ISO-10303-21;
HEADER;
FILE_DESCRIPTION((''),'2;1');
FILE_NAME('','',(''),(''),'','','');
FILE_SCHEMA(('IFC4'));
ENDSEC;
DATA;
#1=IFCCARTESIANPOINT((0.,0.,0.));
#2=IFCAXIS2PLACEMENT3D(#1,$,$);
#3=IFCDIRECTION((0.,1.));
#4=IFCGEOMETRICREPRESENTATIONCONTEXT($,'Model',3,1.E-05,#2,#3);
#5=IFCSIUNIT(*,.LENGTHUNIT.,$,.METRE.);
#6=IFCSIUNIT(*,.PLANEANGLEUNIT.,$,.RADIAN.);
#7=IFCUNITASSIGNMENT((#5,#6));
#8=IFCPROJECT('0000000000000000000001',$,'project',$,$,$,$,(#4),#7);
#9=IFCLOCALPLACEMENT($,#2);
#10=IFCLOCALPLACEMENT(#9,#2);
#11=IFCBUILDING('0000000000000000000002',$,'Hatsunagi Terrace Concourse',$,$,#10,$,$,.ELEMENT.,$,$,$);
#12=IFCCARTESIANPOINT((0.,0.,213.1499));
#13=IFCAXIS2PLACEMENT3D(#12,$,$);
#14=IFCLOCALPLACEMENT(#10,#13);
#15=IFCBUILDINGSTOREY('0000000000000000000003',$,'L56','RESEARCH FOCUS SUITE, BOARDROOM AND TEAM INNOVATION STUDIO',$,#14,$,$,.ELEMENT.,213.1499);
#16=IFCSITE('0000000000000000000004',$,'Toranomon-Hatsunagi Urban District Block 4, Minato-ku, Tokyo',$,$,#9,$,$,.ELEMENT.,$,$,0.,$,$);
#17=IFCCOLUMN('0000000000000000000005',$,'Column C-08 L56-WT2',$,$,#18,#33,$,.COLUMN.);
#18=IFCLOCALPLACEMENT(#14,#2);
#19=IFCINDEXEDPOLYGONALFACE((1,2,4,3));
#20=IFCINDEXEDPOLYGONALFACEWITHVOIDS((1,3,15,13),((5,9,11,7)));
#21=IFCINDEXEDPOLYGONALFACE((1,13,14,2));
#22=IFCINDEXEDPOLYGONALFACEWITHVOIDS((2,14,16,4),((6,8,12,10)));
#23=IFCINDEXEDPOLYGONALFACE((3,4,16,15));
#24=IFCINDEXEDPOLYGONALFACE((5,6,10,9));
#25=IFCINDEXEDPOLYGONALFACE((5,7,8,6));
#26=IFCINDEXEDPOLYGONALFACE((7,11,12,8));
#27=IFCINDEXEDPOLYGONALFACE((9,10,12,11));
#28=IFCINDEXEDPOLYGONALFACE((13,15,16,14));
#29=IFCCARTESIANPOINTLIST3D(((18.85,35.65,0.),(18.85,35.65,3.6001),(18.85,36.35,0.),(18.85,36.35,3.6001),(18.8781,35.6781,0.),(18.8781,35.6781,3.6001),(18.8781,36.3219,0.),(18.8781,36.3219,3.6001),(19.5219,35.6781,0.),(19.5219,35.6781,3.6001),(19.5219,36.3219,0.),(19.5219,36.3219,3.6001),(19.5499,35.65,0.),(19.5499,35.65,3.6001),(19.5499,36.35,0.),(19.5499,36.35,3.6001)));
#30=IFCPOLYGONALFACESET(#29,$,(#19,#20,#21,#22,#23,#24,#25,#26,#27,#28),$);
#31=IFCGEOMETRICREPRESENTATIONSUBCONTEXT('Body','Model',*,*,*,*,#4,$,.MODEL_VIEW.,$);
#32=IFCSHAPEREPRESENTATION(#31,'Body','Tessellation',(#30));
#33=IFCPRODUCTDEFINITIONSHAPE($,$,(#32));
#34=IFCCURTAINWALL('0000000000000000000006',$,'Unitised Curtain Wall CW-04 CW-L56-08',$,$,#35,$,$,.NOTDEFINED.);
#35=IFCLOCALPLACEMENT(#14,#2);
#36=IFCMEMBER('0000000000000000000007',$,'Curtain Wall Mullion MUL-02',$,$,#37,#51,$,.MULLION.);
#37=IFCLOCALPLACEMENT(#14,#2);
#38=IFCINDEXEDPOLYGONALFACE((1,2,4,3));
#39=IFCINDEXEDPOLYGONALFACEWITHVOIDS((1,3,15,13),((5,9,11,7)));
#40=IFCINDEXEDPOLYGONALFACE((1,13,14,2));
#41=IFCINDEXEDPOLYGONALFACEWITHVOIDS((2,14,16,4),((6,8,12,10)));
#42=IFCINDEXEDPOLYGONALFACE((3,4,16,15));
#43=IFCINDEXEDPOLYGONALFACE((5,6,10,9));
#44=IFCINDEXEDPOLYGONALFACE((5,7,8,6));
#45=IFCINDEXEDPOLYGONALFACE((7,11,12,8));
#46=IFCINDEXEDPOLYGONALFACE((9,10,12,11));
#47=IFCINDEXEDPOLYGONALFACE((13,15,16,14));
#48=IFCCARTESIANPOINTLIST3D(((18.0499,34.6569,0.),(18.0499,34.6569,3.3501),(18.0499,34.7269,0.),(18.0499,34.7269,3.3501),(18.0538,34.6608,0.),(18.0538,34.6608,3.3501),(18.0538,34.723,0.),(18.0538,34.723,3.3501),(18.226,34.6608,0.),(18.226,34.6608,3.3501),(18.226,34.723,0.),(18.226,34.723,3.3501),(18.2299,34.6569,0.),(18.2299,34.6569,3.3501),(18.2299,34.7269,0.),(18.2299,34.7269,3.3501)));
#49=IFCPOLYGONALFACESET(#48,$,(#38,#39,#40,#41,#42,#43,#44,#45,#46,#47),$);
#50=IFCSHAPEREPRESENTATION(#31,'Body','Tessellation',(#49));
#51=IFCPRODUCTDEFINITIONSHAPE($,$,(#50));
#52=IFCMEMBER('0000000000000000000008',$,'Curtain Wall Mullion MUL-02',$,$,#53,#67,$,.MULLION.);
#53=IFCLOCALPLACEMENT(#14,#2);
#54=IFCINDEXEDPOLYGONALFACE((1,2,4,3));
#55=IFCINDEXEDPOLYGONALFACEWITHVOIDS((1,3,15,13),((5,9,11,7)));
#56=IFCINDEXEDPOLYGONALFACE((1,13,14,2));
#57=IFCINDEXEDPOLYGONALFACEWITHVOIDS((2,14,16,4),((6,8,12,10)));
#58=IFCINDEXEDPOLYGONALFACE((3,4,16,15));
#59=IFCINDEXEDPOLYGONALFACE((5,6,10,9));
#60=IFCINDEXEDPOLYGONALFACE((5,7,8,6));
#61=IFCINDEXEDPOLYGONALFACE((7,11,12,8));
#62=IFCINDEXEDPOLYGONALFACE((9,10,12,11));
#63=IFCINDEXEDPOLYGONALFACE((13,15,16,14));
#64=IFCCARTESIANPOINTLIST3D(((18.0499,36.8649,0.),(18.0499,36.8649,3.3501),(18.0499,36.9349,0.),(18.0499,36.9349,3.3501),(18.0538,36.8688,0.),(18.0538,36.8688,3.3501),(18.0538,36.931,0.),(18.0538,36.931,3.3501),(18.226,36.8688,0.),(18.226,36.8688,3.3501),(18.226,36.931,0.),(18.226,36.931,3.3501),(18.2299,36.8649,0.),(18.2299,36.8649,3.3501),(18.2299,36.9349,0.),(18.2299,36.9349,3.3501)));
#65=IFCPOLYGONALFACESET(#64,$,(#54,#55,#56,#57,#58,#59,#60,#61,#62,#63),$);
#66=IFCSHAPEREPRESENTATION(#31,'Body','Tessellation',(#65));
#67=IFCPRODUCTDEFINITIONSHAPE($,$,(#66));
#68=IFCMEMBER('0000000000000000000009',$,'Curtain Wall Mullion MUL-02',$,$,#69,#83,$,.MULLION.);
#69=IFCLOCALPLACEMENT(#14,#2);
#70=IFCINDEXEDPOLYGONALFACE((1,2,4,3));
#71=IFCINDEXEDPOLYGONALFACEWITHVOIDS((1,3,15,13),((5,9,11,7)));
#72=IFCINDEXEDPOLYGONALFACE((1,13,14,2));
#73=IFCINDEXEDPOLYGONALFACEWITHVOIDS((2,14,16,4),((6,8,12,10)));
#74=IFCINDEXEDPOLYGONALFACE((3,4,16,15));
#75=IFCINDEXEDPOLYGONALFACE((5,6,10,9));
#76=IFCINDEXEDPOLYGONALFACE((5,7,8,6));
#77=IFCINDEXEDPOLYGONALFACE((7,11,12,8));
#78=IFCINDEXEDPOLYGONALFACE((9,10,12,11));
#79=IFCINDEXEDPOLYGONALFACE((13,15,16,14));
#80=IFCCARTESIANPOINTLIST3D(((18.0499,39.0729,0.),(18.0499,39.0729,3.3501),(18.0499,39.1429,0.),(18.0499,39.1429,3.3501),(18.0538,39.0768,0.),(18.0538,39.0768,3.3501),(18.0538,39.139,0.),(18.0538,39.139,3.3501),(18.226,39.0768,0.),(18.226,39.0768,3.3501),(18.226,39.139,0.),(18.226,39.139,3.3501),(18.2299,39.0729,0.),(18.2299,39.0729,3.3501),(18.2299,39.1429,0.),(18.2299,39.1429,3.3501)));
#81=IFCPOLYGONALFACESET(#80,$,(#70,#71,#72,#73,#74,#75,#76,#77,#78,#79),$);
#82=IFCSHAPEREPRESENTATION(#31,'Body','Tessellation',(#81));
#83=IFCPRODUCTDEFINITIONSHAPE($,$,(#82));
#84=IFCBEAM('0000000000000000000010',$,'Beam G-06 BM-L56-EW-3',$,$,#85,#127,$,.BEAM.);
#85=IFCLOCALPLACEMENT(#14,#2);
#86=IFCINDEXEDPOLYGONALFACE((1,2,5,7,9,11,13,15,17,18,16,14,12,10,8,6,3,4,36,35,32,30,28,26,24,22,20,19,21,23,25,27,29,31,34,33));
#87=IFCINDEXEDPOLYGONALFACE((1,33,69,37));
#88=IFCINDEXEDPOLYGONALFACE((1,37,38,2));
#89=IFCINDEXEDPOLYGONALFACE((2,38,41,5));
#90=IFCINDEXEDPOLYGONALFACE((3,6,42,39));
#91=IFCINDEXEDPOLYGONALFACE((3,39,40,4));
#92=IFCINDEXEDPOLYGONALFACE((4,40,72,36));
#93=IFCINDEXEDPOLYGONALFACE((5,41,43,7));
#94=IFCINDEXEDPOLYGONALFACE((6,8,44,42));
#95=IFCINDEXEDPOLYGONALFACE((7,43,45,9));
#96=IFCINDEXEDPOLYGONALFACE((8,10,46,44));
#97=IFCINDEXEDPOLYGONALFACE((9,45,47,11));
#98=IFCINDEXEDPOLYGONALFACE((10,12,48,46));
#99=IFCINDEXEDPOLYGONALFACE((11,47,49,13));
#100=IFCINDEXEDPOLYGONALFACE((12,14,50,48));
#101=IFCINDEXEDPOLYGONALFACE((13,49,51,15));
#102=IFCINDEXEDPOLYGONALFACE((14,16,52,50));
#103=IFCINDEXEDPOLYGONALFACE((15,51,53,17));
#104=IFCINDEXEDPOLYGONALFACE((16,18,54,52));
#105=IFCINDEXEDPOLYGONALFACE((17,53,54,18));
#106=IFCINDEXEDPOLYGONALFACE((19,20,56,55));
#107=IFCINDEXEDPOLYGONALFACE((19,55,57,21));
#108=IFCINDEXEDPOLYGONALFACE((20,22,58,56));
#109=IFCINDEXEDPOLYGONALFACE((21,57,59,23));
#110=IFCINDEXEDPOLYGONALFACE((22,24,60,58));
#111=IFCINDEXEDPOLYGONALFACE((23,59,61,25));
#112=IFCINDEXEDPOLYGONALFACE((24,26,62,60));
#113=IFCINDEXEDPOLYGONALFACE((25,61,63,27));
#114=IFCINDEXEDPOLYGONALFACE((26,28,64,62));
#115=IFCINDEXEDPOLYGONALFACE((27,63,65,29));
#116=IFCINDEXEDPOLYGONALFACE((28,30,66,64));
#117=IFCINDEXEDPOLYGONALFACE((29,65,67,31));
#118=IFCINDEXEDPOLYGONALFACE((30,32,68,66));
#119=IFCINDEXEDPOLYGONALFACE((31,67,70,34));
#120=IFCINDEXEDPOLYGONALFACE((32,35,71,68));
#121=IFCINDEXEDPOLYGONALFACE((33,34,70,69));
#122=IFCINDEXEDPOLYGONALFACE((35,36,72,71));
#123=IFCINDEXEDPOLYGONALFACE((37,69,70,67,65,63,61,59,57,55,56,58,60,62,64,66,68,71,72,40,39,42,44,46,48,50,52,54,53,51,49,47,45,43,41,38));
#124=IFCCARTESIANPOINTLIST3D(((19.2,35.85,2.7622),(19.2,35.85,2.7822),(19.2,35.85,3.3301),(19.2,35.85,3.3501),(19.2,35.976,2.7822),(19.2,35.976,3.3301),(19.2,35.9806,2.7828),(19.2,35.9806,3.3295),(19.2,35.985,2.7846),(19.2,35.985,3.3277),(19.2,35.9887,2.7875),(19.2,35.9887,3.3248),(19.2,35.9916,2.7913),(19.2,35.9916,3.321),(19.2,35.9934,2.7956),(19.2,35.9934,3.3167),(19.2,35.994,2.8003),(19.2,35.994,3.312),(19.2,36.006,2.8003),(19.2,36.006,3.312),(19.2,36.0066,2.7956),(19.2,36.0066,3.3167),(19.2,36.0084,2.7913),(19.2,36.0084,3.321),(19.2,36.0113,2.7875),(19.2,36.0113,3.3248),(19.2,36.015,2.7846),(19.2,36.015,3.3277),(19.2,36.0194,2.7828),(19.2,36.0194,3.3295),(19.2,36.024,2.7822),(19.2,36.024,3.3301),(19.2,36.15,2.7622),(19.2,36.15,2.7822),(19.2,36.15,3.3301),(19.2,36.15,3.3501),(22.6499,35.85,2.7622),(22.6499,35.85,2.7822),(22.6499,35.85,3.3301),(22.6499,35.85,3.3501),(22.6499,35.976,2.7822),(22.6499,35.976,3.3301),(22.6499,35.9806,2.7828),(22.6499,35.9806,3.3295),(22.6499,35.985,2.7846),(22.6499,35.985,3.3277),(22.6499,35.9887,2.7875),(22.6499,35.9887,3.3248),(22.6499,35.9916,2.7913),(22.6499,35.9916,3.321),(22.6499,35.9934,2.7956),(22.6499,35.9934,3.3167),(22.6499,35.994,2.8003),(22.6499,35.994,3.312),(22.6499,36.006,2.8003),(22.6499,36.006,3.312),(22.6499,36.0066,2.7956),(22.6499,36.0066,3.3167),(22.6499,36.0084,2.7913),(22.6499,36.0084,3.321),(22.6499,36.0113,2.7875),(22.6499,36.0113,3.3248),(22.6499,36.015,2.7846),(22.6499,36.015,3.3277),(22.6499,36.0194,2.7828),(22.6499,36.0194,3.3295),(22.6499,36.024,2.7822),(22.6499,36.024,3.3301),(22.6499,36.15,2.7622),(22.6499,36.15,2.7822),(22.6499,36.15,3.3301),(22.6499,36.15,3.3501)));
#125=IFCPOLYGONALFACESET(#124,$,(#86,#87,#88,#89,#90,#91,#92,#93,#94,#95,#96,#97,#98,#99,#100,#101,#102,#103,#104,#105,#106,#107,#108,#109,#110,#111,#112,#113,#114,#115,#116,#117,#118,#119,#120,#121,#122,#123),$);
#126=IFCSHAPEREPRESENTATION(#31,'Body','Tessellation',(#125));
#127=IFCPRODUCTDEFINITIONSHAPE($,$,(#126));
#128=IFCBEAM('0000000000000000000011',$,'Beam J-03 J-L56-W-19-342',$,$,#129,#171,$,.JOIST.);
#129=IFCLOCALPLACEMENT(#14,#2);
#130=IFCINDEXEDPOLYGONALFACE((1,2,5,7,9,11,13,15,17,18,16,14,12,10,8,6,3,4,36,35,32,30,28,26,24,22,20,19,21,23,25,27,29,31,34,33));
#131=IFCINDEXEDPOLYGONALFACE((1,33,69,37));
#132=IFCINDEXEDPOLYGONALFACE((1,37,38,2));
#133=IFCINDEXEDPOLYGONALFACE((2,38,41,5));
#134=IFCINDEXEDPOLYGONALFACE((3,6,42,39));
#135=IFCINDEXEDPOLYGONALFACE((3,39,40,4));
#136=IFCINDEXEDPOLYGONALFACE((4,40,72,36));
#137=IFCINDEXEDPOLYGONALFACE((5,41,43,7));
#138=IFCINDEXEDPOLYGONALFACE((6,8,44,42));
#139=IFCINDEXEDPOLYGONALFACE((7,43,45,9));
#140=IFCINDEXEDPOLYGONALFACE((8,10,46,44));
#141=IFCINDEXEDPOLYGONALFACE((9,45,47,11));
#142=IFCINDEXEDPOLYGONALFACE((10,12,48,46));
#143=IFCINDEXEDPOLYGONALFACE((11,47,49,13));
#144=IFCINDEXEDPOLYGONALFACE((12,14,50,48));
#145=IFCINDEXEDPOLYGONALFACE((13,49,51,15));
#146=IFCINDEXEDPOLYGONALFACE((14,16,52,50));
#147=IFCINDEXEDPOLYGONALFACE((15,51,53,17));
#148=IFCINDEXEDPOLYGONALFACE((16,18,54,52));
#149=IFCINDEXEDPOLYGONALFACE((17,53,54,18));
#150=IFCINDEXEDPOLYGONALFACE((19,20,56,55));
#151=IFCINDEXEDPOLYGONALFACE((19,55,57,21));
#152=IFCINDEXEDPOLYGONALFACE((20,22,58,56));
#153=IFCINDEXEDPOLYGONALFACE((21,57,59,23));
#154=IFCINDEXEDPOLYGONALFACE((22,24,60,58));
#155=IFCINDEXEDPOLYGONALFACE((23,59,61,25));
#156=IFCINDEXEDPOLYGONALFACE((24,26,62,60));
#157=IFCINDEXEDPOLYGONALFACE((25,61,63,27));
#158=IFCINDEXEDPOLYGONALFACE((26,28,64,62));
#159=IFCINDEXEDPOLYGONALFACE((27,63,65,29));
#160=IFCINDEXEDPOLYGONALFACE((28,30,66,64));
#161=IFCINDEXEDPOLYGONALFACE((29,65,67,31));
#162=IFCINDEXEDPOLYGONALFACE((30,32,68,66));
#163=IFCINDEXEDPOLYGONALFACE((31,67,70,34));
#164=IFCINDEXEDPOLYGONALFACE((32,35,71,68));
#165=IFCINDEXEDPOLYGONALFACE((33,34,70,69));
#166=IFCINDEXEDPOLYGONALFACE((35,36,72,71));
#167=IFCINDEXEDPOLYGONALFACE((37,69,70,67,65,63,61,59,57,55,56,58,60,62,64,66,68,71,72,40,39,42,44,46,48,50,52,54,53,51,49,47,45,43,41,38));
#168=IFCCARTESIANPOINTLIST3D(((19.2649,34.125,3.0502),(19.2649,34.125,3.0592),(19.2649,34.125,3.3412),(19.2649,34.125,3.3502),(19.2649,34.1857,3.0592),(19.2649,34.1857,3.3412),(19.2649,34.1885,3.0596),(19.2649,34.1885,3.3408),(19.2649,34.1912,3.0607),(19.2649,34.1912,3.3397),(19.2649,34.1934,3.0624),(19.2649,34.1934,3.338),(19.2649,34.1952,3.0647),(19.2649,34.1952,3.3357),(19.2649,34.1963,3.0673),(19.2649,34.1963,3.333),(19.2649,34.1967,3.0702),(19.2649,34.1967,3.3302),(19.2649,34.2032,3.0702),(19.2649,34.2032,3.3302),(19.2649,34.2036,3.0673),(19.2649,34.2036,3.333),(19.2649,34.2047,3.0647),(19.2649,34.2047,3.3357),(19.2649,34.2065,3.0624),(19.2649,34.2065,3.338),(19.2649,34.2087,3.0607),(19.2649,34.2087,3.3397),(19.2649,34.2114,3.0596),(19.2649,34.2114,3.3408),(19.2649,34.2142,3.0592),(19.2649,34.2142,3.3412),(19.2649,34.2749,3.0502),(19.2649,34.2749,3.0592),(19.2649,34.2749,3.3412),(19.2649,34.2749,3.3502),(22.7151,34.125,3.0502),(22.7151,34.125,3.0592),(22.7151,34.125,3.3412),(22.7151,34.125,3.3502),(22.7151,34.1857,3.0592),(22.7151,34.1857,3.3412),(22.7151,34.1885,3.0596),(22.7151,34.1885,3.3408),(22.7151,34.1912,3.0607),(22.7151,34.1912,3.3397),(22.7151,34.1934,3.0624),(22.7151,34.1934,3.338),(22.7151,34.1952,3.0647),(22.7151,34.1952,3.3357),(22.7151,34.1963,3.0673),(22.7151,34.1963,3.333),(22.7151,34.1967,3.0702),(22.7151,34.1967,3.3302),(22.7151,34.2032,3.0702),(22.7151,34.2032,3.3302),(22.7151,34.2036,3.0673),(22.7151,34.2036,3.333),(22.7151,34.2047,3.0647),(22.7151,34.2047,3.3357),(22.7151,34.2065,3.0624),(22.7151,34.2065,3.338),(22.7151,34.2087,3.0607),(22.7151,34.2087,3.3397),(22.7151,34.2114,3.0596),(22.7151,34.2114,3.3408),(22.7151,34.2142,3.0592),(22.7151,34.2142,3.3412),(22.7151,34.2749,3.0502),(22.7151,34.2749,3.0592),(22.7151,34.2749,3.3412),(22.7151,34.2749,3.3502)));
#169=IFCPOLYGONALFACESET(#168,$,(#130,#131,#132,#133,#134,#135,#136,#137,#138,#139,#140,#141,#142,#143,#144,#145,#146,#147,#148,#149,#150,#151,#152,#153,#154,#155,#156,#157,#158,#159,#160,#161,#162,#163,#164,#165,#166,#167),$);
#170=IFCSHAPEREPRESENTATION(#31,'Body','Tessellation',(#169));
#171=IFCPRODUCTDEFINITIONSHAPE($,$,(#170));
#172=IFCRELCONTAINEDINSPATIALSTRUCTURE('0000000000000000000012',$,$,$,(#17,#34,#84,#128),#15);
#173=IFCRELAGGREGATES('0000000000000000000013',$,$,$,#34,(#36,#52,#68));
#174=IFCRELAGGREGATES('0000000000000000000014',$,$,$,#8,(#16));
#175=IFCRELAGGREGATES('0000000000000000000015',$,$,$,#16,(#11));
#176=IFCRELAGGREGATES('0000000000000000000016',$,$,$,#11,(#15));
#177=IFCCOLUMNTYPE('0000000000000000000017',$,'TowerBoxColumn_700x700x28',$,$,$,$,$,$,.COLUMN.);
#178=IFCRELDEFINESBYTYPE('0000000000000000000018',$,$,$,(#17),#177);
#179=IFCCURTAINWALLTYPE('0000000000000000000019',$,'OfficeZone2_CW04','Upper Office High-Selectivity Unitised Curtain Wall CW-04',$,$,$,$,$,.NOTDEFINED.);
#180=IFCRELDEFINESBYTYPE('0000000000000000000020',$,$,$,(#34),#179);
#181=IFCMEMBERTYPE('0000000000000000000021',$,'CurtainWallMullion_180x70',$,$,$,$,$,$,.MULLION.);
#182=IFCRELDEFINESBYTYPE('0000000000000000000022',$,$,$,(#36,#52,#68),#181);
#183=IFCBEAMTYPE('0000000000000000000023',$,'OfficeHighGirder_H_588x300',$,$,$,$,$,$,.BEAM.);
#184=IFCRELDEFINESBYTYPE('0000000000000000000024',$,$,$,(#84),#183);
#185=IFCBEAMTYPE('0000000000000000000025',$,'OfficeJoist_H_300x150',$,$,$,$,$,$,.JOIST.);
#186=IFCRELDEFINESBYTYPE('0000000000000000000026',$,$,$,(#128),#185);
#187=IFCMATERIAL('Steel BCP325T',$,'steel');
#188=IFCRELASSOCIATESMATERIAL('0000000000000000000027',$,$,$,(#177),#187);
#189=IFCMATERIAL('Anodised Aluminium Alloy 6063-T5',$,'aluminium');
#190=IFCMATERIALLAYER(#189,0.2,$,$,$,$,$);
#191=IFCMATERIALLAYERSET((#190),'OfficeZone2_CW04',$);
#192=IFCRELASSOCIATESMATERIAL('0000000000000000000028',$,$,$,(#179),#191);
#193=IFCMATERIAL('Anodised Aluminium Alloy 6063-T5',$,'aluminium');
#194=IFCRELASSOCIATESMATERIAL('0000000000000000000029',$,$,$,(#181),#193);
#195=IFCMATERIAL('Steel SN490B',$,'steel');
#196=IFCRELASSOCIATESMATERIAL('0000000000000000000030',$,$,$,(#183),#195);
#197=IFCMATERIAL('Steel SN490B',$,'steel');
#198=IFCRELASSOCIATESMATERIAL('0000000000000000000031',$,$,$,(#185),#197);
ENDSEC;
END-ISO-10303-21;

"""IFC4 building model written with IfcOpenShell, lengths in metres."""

from ifc_helpers import new_model, si_unit, direction, frame, origin, origin_2d, place, context, subcontext, project, spatial, hollow_rectangle, i_section, extrude, material, layer, layer_set, material_profile, profile_set, type_object, element, aggregate, save


model = new_model("IFC4")

# Units and contexts
model_context = context("Model", 3, precision=1e-05, world=origin(), true_north=direction((0.0, 1.0)))
body_context = subcontext(model_context, "Body", "Model", "MODEL_VIEW")
ifc_project = project(units=[si_unit("LENGTHUNIT", "METRE"), si_unit("PLANEANGLEUNIT", "RADIAN")], contexts=[model_context])

# Site, building, storey
site_placement = place(None, origin())
site = spatial("IfcSite", under=ifc_project, at=site_placement, Name="Toranomon-Hatsunagi Urban District Block 4, Minato-ku, Tokyo", CompositionType="ELEMENT", RefElevation=0.0)
building_placement = place(site_placement, origin())
building = spatial("IfcBuilding", under=site, at=building_placement, Name="Hatsunagi Terrace Concourse", CompositionType="ELEMENT")
storey_placement = place(building_placement, frame((0.0, 0.0, 213.1499)))
storey = spatial("IfcBuildingStorey", under=building, at=storey_placement, Name="L56", Description="RESEARCH FOCUS SUITE, BOARDROOM AND TEAM INNOVATION STUDIO", CompositionType="ELEMENT", Elevation=213.1499)

# Column
ifc_material_1 = material(Name="Steel BCP325T", Category="steel")
ifc_material_profile_1 = material_profile(ifc_material_1, hollow_rectangle(XDim=0.7, YDim=0.7, WallThickness=0.0281, at=origin_2d()), Name="BCP-700x700x28")
ifc_profile_set_1 = profile_set([ifc_material_profile_1], Name="Steel BCP325T")
column_type = type_object("IfcColumnType", Name="TowerBoxColumn_700x700x28", PredefinedType="COLUMN", material=ifc_profile_set_1)
column_placement = place(storey_placement, frame((19.2, 36.0, 0.0), z_axis=(0.0, 0.0, 1.0), x_axis=(1.0, 0.0, 0.0)))
element("IfcColumn", 1, at=column_placement, inside=storey, type_object=column_type, Name="Column C-08 L56-WT2", PredefinedType="COLUMN", context=body_context, shape_type="SweptSolid", body=[
    extrude(hollow_rectangle(XDim=0.7, YDim=0.7, WallThickness=0.0281, at=origin_2d()), origin(), (0.0, 0.0, 1.0), 3.6001),
])

# Curtain wall, members
ifc_material_2 = material(Name="Anodised Aluminium Alloy 6063-T5", Category="aluminium")
ifc_layer_1 = layer(ifc_material_2, 0.2)
ifc_layer_set_1 = layer_set([ifc_layer_1], Name="OfficeZone2_CW04")
curtain_wall_type = type_object("IfcCurtainWallType", Name="OfficeZone2_CW04", Description="Upper Office High-Selectivity Unitised Curtain Wall CW-04", PredefinedType="NOTDEFINED", material=ifc_layer_set_1)
curtain_wall_placement = place(storey_placement, origin())
curtain_wall = element("IfcCurtainWall", 2, at=curtain_wall_placement, inside=storey, type_object=curtain_wall_type, Name="Unitised Curtain Wall CW-04 CW-L56-08", PredefinedType="NOTDEFINED")
ifc_material_3 = material(Name="Anodised Aluminium Alloy 6063-T5", Category="aluminium")
ifc_material_profile_2 = material_profile(ifc_material_3, hollow_rectangle(XDim=0.0701, YDim=0.1799, WallThickness=0.0039, at=origin_2d()), Name="ALU-MUL-180x70x4")
ifc_profile_set_2 = profile_set([ifc_material_profile_2], Name="Anodised Aluminium Alloy 6063-T5")
member_type = type_object("IfcMemberType", Name="CurtainWallMullion_180x70", PredefinedType="MULLION", material=ifc_profile_set_2)
member_1_placement = place(storey_placement, frame((18.1399, 34.6919, 0.0), z_axis=(0.0, 0.0, 1.0), x_axis=(0.0, 1.0, 0.0)))
member_1 = element("IfcMember", 3, at=member_1_placement, type_object=member_type, Name="Curtain Wall Mullion MUL-02", PredefinedType="MULLION", context=body_context, shape_type="SweptSolid", body=[
    extrude(hollow_rectangle(XDim=0.0701, YDim=0.1799, WallThickness=0.0039, at=origin_2d()), origin(), (0.0, 0.0, 1.0), 3.3501),
])
member_2_placement = place(storey_placement, frame((18.1399, 36.8999, 0.0), z_axis=(0.0, 0.0, 1.0), x_axis=(0.0, 1.0, 0.0)))
member_2 = element("IfcMember", 4, at=member_2_placement, type_object=member_type, Name="Curtain Wall Mullion MUL-02", PredefinedType="MULLION", context=body_context, shape_type="SweptSolid", body=[
    extrude(hollow_rectangle(XDim=0.0701, YDim=0.1799, WallThickness=0.0039, at=origin_2d()), origin(), (0.0, 0.0, 1.0), 3.3501),
])
member_3_placement = place(storey_placement, frame((18.1399, 39.1079, 0.0), z_axis=(0.0, 0.0, 1.0), x_axis=(0.0, 1.0, 0.0)))
member_3 = element("IfcMember", 5, at=member_3_placement, type_object=member_type, Name="Curtain Wall Mullion MUL-02", PredefinedType="MULLION", context=body_context, shape_type="SweptSolid", body=[
    extrude(hollow_rectangle(XDim=0.0701, YDim=0.1799, WallThickness=0.0039, at=origin_2d()), origin(), (0.0, 0.0, 1.0), 3.3501),
])

# Beams
ifc_material_4 = material(Name="Steel SN490B", Category="steel")
ifc_material_profile_3 = material_profile(ifc_material_4, i_section(OverallWidth=0.3, OverallDepth=0.5879, WebThickness=0.012, FlangeThickness=0.02, FilletRadius=0.0181, at=origin_2d()), Name="H-588x300x12x20")
ifc_profile_set_3 = profile_set([ifc_material_profile_3], Name="Steel SN490B")
beam_type_1 = type_object("IfcBeamType", Name="OfficeHighGirder_H_588x300", PredefinedType="BEAM", material=ifc_profile_set_3)
beam_1_placement = place(storey_placement, frame((19.2, 36.0, 3.0562), z_axis=(1.0, 0.0, 0.0), x_axis=(0.0, 1.0, 0.0)))
element("IfcBeam", 6, at=beam_1_placement, inside=storey, type_object=beam_type_1, Name="Beam G-06 BM-L56-EW-3", PredefinedType="BEAM", context=body_context, shape_type="SweptSolid", body=[
    extrude(i_section(OverallWidth=0.3, OverallDepth=0.5879, WebThickness=0.012, FlangeThickness=0.02, FilletRadius=0.0181, at=origin_2d()), origin(), (0.0, 0.0, 1.0), 3.45),
])
ifc_material_5 = material(Name="Steel SN490B", Category="steel")
ifc_material_profile_4 = material_profile(ifc_material_5, i_section(OverallWidth=0.1499, OverallDepth=0.3, WebThickness=0.0066, FlangeThickness=0.009, FilletRadius=0.011, at=origin_2d()), Name="H-300x150x6.5x9")
ifc_profile_set_4 = profile_set([ifc_material_profile_4], Name="Steel SN490B")
beam_type_2 = type_object("IfcBeamType", Name="OfficeJoist_H_300x150", PredefinedType="JOIST", material=ifc_profile_set_4)
for number, where, z_axis, x_axis, name in (
    (7, (19.2649, 34.2, 3.2002), (1.0, 0.0, 0.0), (0.0, 1.0, 0.0), "Beam J-03 J-L56-W-19-342"),
):
    element("IfcBeam", number, at=place(storey_placement, frame(where, z_axis=z_axis, x_axis=x_axis)), inside=storey, type_object=beam_type_2, Name=name, PredefinedType="JOIST", context=body_context, shape_type="SweptSolid", body=[
        extrude(i_section(OverallWidth=0.1499, OverallDepth=0.3, WebThickness=0.0066, FlangeThickness=0.009, FilletRadius=0.011, at=origin_2d()), origin(), (0.0, 0.0, 1.0), 3.4502),
    ])

aggregate(curtain_wall, [member_1, member_2, member_3])

save(model, "model.ifc")
